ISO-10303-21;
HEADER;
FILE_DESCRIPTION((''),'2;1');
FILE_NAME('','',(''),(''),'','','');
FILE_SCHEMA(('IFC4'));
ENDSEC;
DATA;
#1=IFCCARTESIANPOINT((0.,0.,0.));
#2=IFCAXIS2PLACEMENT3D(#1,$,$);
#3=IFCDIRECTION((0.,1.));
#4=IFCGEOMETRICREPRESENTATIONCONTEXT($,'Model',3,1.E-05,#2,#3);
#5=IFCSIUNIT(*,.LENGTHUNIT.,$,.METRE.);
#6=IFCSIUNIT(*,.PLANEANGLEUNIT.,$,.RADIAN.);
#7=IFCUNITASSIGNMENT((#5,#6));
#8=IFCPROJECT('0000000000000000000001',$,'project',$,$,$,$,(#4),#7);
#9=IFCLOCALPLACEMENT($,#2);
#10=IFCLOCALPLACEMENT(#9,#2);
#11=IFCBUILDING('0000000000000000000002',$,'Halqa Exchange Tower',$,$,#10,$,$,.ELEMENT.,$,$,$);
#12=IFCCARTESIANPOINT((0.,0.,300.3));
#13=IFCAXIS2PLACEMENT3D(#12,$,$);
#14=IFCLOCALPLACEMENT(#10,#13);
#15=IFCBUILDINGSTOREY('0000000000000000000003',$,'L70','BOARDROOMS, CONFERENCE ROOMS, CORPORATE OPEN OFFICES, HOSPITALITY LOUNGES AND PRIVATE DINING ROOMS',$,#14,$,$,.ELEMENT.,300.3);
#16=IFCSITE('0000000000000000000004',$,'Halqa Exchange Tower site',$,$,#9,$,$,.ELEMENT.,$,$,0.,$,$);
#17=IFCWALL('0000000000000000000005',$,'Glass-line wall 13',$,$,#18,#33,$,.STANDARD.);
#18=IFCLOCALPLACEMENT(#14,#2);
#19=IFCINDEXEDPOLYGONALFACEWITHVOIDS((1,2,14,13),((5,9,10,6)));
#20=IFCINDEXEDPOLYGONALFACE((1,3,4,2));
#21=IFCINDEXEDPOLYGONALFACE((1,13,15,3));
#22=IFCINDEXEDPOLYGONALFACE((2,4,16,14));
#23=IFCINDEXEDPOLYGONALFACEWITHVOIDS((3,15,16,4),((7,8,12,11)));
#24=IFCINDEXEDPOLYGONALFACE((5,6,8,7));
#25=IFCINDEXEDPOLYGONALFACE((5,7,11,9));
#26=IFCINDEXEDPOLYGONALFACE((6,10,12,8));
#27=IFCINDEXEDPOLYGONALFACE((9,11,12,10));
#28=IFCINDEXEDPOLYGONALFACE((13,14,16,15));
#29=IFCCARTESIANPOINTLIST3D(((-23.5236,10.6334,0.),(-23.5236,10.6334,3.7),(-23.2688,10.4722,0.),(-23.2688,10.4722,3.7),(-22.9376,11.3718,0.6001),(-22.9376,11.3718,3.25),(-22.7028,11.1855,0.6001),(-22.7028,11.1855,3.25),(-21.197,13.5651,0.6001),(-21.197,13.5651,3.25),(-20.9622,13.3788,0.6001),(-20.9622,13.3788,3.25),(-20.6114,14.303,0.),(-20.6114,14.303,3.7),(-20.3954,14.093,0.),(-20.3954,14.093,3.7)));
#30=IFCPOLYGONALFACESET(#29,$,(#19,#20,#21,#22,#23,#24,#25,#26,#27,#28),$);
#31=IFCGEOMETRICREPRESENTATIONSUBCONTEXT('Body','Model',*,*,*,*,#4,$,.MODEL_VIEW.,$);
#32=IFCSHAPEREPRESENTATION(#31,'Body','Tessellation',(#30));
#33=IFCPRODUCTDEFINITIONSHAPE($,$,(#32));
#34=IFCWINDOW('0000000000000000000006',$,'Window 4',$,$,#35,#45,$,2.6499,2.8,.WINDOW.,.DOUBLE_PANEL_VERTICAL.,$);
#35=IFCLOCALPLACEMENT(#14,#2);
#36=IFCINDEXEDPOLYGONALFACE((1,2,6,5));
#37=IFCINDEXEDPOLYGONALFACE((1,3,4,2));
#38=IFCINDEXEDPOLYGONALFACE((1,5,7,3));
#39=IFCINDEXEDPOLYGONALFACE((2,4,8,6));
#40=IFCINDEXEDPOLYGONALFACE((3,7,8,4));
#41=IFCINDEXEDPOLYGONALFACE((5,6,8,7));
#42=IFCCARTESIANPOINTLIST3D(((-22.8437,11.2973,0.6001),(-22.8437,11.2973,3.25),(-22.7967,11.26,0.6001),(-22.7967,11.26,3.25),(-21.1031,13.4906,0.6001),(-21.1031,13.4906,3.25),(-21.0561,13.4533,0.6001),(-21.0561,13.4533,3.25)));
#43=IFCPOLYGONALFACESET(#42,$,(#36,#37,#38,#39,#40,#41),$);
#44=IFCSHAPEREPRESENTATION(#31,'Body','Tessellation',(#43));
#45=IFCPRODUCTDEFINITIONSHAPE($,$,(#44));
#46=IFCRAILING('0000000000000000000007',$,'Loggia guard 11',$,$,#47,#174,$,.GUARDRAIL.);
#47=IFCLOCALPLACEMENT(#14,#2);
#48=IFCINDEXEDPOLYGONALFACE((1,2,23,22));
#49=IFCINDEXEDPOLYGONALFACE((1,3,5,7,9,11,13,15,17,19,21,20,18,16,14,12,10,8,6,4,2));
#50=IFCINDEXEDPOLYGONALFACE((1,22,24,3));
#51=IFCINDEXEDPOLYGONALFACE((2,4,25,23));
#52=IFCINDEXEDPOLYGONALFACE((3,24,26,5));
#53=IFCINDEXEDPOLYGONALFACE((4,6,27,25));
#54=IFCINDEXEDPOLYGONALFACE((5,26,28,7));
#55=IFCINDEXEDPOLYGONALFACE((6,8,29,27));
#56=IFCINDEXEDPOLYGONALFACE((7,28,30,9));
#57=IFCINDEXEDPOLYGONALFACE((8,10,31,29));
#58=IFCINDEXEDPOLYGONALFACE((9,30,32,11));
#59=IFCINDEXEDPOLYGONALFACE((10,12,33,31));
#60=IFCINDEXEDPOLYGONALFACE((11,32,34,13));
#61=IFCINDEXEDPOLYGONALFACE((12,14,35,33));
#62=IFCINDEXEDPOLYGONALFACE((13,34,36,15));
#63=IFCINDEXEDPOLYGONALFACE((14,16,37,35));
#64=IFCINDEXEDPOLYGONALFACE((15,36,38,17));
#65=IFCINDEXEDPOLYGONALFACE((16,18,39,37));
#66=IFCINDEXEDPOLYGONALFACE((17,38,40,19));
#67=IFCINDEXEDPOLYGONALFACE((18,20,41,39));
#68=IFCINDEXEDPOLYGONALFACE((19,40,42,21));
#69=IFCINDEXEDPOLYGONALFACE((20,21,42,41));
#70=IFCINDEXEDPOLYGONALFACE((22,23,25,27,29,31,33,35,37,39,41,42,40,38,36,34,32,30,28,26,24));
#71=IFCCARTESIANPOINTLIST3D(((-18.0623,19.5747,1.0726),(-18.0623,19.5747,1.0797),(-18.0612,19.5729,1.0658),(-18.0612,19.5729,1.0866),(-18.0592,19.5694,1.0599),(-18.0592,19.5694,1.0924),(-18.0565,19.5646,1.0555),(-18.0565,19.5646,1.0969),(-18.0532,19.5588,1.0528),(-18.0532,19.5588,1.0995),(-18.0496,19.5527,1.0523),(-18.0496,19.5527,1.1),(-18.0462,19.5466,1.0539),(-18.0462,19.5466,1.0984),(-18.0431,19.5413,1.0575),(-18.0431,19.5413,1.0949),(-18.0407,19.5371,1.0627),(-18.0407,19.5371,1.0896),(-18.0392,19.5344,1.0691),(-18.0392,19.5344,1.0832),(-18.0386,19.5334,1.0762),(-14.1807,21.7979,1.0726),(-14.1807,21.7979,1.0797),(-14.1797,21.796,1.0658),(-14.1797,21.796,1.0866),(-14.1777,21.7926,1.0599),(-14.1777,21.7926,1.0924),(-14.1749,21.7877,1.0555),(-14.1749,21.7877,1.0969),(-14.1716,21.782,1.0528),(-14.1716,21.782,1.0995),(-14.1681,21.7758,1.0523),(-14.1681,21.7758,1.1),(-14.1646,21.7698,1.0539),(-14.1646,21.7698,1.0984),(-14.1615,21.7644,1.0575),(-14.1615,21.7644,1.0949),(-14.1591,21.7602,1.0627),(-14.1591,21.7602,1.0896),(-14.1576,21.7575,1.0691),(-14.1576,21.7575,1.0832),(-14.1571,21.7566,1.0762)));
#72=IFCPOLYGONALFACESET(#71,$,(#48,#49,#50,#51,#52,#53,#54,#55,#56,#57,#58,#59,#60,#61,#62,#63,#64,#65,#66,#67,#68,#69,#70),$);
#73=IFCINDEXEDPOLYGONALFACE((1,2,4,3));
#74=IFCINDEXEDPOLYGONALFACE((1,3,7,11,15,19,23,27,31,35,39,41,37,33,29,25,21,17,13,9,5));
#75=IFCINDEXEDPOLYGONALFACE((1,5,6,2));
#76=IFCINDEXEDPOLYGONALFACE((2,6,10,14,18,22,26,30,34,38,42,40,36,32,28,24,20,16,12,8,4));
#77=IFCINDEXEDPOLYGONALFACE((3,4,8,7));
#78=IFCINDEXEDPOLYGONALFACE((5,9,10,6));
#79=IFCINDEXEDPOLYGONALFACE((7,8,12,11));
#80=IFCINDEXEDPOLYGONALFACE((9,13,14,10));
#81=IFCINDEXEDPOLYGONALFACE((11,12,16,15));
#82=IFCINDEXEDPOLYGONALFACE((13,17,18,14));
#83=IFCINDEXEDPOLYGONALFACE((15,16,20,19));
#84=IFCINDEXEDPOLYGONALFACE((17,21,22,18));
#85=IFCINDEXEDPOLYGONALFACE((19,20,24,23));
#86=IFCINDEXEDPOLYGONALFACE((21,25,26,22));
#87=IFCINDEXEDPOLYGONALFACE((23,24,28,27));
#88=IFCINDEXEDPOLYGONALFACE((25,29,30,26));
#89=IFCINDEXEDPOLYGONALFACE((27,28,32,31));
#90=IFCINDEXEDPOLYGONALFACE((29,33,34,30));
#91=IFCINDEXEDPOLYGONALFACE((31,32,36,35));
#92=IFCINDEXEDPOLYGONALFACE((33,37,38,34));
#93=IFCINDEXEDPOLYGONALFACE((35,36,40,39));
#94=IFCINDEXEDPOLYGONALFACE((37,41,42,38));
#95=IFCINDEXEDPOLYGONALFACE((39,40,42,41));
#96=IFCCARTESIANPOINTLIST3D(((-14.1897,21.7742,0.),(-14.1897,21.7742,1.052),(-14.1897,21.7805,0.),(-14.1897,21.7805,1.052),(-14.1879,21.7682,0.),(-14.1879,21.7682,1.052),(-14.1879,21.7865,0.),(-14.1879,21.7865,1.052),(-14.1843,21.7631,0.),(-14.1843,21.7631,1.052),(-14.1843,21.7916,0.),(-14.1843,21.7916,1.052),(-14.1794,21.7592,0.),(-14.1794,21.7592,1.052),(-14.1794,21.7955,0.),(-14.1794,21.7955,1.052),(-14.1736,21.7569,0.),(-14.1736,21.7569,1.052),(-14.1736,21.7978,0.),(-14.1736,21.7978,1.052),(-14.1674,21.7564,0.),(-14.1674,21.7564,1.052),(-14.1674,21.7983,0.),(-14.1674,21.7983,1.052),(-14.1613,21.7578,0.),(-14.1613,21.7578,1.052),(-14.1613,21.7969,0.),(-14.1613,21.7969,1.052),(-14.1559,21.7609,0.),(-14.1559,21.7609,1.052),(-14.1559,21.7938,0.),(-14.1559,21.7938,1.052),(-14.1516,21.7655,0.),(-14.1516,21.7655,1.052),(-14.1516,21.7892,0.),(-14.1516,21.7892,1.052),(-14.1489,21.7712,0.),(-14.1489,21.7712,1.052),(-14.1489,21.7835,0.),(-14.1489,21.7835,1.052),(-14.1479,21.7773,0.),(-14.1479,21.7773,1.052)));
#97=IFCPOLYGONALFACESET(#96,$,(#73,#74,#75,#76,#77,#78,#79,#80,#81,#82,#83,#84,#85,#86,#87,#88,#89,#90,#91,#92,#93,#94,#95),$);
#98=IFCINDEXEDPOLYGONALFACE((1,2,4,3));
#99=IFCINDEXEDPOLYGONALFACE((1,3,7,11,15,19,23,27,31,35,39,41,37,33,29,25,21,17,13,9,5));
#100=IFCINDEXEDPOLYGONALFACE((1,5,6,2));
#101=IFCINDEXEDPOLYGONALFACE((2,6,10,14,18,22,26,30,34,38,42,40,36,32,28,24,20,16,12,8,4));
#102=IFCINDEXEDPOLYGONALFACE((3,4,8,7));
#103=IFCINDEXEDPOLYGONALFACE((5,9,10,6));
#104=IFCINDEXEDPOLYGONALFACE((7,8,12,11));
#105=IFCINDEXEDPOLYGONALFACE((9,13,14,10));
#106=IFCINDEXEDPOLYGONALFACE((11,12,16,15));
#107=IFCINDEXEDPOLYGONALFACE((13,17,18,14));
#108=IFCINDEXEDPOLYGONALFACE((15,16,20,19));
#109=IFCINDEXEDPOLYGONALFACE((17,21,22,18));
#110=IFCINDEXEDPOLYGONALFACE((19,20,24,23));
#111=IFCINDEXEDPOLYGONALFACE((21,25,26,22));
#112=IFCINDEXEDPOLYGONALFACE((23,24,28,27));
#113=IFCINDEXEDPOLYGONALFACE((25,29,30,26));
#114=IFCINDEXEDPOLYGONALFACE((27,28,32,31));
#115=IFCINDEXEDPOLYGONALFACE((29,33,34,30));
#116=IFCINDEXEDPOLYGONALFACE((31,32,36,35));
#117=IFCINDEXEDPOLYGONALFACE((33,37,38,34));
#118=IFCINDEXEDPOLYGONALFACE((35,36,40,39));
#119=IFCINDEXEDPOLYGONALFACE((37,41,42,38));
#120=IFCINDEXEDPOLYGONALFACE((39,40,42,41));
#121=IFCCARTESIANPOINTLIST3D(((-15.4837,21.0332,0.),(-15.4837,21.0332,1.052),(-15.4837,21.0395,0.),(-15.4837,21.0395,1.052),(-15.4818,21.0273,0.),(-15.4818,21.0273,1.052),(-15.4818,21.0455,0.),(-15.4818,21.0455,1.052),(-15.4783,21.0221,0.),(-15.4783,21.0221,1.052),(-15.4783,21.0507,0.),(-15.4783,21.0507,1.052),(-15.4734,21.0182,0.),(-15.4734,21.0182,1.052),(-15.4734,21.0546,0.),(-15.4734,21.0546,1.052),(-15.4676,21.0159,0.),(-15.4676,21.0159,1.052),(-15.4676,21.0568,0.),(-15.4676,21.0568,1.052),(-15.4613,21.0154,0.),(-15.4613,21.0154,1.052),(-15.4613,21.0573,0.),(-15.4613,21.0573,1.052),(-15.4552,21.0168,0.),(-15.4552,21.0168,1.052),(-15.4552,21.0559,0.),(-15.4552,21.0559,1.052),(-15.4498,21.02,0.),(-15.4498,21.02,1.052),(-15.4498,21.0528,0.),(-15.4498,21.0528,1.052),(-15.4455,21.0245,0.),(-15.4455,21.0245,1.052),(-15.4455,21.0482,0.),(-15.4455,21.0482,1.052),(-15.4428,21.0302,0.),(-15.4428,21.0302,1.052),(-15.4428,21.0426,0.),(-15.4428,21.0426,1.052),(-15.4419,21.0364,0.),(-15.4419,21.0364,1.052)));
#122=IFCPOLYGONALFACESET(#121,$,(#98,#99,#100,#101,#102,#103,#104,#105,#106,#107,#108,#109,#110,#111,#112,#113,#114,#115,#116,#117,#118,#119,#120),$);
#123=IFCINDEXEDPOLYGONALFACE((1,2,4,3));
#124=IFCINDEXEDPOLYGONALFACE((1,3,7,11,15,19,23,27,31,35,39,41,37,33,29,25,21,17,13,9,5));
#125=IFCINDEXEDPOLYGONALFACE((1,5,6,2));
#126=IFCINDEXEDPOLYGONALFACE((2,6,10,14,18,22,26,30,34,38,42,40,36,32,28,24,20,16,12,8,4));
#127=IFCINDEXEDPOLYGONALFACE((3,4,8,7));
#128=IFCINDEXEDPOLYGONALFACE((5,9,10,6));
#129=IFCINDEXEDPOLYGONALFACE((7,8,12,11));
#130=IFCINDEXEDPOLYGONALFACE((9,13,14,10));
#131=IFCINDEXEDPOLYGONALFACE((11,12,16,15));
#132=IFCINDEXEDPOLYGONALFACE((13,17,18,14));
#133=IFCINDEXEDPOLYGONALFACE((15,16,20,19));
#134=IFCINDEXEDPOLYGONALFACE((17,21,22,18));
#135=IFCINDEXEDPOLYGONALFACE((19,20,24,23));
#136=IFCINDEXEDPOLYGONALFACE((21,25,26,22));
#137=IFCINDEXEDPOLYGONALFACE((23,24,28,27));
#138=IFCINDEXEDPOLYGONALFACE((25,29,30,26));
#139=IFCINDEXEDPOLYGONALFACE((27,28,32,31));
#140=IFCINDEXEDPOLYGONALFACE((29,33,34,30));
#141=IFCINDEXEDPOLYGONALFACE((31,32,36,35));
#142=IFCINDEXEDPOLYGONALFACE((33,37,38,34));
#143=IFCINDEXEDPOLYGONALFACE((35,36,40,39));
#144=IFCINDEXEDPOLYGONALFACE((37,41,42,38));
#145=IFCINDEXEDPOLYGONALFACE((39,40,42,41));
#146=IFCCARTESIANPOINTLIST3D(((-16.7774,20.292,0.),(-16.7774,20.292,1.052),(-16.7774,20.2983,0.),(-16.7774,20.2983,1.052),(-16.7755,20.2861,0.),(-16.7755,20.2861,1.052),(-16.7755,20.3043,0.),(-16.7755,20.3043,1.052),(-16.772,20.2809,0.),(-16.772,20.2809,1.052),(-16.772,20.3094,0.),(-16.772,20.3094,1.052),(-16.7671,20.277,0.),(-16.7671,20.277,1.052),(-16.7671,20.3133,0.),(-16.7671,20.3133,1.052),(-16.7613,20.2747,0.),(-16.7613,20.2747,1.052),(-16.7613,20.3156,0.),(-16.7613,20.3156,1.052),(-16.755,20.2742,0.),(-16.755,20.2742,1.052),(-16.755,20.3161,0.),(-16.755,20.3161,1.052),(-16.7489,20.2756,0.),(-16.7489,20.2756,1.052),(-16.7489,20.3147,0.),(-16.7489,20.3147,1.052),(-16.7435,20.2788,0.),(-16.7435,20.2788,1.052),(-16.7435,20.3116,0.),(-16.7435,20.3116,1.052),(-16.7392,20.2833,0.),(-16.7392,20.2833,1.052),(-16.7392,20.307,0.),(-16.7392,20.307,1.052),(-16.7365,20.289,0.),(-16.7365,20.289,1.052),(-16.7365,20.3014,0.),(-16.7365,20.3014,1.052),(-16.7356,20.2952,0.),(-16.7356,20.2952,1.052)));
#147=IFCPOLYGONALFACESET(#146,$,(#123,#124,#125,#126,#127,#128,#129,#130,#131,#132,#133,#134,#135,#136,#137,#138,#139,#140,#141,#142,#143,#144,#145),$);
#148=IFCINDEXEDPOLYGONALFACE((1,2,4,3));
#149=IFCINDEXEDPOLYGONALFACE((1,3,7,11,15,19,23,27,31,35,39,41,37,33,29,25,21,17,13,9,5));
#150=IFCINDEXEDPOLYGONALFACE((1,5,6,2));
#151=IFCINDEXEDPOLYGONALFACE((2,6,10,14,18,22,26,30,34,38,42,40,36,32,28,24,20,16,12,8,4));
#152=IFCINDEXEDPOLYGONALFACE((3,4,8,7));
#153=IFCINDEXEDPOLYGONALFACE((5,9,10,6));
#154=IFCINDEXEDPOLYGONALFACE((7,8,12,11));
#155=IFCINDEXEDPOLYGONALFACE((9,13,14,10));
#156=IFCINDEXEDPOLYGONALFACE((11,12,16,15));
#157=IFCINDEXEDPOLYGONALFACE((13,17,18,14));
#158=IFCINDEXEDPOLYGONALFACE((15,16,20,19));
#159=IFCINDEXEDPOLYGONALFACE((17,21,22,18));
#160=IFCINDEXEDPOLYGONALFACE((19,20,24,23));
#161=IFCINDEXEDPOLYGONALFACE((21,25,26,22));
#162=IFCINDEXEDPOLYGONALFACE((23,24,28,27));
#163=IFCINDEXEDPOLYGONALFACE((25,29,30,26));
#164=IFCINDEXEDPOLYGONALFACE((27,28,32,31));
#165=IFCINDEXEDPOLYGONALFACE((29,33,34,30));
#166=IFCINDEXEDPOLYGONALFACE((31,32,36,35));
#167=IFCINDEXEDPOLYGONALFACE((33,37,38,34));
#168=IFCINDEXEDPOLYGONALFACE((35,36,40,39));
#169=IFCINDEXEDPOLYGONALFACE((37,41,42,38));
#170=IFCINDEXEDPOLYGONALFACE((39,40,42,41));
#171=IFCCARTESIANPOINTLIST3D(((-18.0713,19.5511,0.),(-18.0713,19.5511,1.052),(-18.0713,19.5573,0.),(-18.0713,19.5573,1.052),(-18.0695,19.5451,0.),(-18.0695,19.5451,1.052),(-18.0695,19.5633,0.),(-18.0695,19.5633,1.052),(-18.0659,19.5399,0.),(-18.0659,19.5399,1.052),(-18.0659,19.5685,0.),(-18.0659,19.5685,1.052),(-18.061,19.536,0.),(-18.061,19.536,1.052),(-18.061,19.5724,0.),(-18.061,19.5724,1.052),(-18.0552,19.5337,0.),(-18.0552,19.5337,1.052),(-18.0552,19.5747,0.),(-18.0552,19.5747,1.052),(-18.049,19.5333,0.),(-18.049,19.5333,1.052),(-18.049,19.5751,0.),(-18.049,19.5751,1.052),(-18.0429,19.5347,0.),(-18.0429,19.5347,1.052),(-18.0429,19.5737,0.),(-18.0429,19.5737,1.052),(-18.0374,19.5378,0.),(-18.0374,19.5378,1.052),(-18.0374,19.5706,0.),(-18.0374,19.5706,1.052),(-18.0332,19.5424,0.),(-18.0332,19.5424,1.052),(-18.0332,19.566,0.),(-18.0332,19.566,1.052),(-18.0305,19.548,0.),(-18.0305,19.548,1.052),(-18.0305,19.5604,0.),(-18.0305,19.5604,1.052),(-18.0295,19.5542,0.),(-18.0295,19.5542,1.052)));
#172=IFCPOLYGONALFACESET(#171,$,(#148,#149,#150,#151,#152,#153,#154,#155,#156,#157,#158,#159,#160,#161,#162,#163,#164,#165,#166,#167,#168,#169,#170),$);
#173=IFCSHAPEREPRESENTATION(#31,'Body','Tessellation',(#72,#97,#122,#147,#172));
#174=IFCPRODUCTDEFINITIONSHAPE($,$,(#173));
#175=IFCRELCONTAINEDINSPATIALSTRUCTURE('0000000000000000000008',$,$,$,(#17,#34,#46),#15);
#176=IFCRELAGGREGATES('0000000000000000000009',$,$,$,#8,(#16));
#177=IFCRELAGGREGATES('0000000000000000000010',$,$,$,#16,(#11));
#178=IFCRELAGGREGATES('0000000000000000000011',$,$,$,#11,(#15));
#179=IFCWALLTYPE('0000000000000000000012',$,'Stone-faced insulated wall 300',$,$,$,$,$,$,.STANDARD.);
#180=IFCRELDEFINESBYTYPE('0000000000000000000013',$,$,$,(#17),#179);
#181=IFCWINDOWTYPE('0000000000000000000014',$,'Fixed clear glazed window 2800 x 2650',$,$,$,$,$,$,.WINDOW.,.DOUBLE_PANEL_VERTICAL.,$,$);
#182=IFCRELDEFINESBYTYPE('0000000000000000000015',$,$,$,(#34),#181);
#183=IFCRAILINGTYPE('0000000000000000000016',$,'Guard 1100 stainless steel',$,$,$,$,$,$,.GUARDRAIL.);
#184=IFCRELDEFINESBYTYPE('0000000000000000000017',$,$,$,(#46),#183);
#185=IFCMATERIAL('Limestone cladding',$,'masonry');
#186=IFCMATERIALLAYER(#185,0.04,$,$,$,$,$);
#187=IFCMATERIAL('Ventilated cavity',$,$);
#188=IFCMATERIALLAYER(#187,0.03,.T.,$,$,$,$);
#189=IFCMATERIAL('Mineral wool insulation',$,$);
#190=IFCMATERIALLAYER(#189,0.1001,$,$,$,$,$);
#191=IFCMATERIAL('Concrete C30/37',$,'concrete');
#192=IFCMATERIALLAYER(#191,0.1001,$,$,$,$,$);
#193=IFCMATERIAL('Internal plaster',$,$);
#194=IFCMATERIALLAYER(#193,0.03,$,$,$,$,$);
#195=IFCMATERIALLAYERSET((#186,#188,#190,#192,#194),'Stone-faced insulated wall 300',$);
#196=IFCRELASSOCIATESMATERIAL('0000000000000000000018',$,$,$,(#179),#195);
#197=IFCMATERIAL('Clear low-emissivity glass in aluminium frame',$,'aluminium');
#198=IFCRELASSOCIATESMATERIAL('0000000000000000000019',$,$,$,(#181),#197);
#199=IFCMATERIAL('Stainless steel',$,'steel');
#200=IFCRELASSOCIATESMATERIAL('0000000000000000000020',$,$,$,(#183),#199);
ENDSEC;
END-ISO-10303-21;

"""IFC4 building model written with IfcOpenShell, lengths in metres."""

from ifc_helpers import new_model, si_unit, direction, frame, frame_2d, origin, origin_2d, place, context, subcontext, project, spatial, polyline, rectangle, circle, outline, extrude, material, layer, layer_set, type_object, element, fill, save


model = new_model("IFC4")

# Units and contexts
model_context = context("Model", 3, precision=1e-05, world=origin(), true_north=direction((0.0, 1.0)))
body_context = subcontext(model_context, "Body", "Model", "MODEL_VIEW")
ifc_project = project(units=[si_unit("LENGTHUNIT", "METRE"), si_unit("PLANEANGLEUNIT", "RADIAN")], contexts=[model_context])

# Site, building, storey
site_placement = place(None, origin())
site = spatial("IfcSite", under=ifc_project, at=site_placement, Name="Halqa Exchange Tower site", CompositionType="ELEMENT", RefElevation=0.0)
building_placement = place(site_placement, origin())
building = spatial("IfcBuilding", under=site, at=building_placement, Name="Halqa Exchange Tower", CompositionType="ELEMENT")
storey_placement = place(building_placement, frame((0.0, 0.0, 300.3)))
storey = spatial("IfcBuildingStorey", under=building, at=storey_placement, Name="L70", Description="BOARDROOMS, CONFERENCE ROOMS, CORPORATE OPEN OFFICES, HOSPITALITY LOUNGES AND PRIVATE DINING ROOMS", CompositionType="ELEMENT", Elevation=300.3)

# Shared definitions
ifc_material_1 = material(Name="Limestone cladding", Category="masonry")
ifc_layer_1 = layer(ifc_material_1, 0.04)
ifc_material_2 = material(Name="Ventilated cavity")
ifc_layer_2 = layer(ifc_material_2, 0.03, ventilated=True)
ifc_material_3 = material(Name="Mineral wool insulation")
ifc_layer_3 = layer(ifc_material_3, 0.1001)
ifc_material_4 = material(Name="Concrete C30/37", Category="concrete")
ifc_layer_4 = layer(ifc_material_4, 0.1001)
ifc_material_5 = material(Name="Internal plaster")
ifc_layer_5 = layer(ifc_material_5, 0.03)
ifc_layer_set_1 = layer_set([ifc_layer_1, ifc_layer_2, ifc_layer_3, ifc_layer_4, ifc_layer_5], Name="Stone-faced insulated wall 300")
wall_type_1 = type_object("IfcWallType", Name="Stone-faced insulated wall 300", PredefinedType="STANDARD", material=ifc_layer_set_1)
ifc_material_6 = material(Name="Clear low-emissivity glass in aluminium frame", Category="aluminium")
window_type = type_object("IfcWindowType", Name="Fixed clear glazed window 2800 x 2650", PartitioningType="DOUBLE_PANEL_VERTICAL", PredefinedType="WINDOW", material=ifc_material_6)

# Wall, opening, window
wall_1_placement = place(storey_placement, frame((-20.5034, 14.198, 0.0), z_axis=(0.0, 0.0, 1.0), x_axis=(-0.621626, -0.783314, 0.0)))
wall_1 = element("IfcWall", 1, at=wall_1_placement, inside=storey, type_object=wall_type_1, Name="Glass-line wall 13", PredefinedType="STANDARD", context=body_context, shape_type="SweptSolid", body=[
    extrude(outline(polyline([(-0.0151, -0.1499), (4.6697, -0.1499), (4.6375, 0.1499), (0.0151, 0.1499), (-0.0151, -0.1499)])), origin(), (0.0, 0.0, 1.0), 3.7),
])
opening_1_placement = place(wall_1_placement, frame((0.927, 0.0, 0.6001)))
opening_1 = element("IfcOpeningElement", 2, at=opening_1_placement, cuts=wall_1, PredefinedType="OPENING", context=body_context, shape_type="SweptSolid", body=[
    extrude(rectangle(XDim=2.8, YDim=2.6499, at=frame_2d((1.3999, 1.325))), frame((0.0, 0.1621, 0.0), z_axis=(0.0, -1.0, 0.0), x_axis=(1.0, 0.0, 0.0)), (0.0, 0.0, 1.0), 0.324),
])
window_1_placement = place(opening_1_placement, origin())
window_1 = element("IfcWindow", 3, at=window_1_placement, inside=storey, type_object=window_type, Name="Window 4", OverallHeight=2.6499, OverallWidth=2.8, PartitioningType="DOUBLE_PANEL_VERTICAL", PredefinedType="WINDOW", context=body_context, shape_type="SweptSolid", body=[
    extrude(rectangle(XDim=2.8, YDim=2.6499, at=frame_2d((1.3999, 1.325))), frame((0.0, 0.03, 0.0), z_axis=(0.0, -1.0, 0.0), x_axis=(1.0, 0.0, 0.0)), (0.0, 0.0, 1.0), 0.0601),
])
fill(opening_1, window_1)

# Railing
ifc_material_7 = material(Name="Stainless steel", Category="steel")
railing_type = type_object("IfcRailingType", Name="Guard 1100 stainless steel", PredefinedType="GUARDRAIL", material=ifc_material_7)
railing_1_placement = place(storey_placement, frame((-14.1689, 21.7773, 0.0)))
element("IfcRailing", 4, at=railing_1_placement, inside=storey, type_object=railing_type, Name="Loggia guard 11", PredefinedType="GUARDRAIL", context=body_context, shape_type="SweptSolid", body=[
    extrude(circle(Radius=0.0239, at=origin_2d()), frame((0.0, 0.0, 1.0762), z_axis=(-0.867752, -0.496997, 0.0), x_axis=(0.496997, -0.867752, 0.0)), (0.0, 0.0, 1.0), 4.4731),
    extrude(circle(Radius=0.021, at=origin_2d()), origin(), (0.0, 0.0, 1.0), 1.052),
    extrude(circle(Radius=0.021, at=origin_2d()), frame((-1.2939, -0.741, 0.0)), (0.0, 0.0, 1.0), 1.052),
    extrude(circle(Radius=0.021, at=origin_2d()), frame((-2.5876, -1.4822, 0.0)), (0.0, 0.0, 1.0), 1.052),
    extrude(circle(Radius=0.021, at=origin_2d()), frame((-3.8816, -2.2231, 0.0)), (0.0, 0.0, 1.0), 1.052),
])

save(model, "model.ifc")
